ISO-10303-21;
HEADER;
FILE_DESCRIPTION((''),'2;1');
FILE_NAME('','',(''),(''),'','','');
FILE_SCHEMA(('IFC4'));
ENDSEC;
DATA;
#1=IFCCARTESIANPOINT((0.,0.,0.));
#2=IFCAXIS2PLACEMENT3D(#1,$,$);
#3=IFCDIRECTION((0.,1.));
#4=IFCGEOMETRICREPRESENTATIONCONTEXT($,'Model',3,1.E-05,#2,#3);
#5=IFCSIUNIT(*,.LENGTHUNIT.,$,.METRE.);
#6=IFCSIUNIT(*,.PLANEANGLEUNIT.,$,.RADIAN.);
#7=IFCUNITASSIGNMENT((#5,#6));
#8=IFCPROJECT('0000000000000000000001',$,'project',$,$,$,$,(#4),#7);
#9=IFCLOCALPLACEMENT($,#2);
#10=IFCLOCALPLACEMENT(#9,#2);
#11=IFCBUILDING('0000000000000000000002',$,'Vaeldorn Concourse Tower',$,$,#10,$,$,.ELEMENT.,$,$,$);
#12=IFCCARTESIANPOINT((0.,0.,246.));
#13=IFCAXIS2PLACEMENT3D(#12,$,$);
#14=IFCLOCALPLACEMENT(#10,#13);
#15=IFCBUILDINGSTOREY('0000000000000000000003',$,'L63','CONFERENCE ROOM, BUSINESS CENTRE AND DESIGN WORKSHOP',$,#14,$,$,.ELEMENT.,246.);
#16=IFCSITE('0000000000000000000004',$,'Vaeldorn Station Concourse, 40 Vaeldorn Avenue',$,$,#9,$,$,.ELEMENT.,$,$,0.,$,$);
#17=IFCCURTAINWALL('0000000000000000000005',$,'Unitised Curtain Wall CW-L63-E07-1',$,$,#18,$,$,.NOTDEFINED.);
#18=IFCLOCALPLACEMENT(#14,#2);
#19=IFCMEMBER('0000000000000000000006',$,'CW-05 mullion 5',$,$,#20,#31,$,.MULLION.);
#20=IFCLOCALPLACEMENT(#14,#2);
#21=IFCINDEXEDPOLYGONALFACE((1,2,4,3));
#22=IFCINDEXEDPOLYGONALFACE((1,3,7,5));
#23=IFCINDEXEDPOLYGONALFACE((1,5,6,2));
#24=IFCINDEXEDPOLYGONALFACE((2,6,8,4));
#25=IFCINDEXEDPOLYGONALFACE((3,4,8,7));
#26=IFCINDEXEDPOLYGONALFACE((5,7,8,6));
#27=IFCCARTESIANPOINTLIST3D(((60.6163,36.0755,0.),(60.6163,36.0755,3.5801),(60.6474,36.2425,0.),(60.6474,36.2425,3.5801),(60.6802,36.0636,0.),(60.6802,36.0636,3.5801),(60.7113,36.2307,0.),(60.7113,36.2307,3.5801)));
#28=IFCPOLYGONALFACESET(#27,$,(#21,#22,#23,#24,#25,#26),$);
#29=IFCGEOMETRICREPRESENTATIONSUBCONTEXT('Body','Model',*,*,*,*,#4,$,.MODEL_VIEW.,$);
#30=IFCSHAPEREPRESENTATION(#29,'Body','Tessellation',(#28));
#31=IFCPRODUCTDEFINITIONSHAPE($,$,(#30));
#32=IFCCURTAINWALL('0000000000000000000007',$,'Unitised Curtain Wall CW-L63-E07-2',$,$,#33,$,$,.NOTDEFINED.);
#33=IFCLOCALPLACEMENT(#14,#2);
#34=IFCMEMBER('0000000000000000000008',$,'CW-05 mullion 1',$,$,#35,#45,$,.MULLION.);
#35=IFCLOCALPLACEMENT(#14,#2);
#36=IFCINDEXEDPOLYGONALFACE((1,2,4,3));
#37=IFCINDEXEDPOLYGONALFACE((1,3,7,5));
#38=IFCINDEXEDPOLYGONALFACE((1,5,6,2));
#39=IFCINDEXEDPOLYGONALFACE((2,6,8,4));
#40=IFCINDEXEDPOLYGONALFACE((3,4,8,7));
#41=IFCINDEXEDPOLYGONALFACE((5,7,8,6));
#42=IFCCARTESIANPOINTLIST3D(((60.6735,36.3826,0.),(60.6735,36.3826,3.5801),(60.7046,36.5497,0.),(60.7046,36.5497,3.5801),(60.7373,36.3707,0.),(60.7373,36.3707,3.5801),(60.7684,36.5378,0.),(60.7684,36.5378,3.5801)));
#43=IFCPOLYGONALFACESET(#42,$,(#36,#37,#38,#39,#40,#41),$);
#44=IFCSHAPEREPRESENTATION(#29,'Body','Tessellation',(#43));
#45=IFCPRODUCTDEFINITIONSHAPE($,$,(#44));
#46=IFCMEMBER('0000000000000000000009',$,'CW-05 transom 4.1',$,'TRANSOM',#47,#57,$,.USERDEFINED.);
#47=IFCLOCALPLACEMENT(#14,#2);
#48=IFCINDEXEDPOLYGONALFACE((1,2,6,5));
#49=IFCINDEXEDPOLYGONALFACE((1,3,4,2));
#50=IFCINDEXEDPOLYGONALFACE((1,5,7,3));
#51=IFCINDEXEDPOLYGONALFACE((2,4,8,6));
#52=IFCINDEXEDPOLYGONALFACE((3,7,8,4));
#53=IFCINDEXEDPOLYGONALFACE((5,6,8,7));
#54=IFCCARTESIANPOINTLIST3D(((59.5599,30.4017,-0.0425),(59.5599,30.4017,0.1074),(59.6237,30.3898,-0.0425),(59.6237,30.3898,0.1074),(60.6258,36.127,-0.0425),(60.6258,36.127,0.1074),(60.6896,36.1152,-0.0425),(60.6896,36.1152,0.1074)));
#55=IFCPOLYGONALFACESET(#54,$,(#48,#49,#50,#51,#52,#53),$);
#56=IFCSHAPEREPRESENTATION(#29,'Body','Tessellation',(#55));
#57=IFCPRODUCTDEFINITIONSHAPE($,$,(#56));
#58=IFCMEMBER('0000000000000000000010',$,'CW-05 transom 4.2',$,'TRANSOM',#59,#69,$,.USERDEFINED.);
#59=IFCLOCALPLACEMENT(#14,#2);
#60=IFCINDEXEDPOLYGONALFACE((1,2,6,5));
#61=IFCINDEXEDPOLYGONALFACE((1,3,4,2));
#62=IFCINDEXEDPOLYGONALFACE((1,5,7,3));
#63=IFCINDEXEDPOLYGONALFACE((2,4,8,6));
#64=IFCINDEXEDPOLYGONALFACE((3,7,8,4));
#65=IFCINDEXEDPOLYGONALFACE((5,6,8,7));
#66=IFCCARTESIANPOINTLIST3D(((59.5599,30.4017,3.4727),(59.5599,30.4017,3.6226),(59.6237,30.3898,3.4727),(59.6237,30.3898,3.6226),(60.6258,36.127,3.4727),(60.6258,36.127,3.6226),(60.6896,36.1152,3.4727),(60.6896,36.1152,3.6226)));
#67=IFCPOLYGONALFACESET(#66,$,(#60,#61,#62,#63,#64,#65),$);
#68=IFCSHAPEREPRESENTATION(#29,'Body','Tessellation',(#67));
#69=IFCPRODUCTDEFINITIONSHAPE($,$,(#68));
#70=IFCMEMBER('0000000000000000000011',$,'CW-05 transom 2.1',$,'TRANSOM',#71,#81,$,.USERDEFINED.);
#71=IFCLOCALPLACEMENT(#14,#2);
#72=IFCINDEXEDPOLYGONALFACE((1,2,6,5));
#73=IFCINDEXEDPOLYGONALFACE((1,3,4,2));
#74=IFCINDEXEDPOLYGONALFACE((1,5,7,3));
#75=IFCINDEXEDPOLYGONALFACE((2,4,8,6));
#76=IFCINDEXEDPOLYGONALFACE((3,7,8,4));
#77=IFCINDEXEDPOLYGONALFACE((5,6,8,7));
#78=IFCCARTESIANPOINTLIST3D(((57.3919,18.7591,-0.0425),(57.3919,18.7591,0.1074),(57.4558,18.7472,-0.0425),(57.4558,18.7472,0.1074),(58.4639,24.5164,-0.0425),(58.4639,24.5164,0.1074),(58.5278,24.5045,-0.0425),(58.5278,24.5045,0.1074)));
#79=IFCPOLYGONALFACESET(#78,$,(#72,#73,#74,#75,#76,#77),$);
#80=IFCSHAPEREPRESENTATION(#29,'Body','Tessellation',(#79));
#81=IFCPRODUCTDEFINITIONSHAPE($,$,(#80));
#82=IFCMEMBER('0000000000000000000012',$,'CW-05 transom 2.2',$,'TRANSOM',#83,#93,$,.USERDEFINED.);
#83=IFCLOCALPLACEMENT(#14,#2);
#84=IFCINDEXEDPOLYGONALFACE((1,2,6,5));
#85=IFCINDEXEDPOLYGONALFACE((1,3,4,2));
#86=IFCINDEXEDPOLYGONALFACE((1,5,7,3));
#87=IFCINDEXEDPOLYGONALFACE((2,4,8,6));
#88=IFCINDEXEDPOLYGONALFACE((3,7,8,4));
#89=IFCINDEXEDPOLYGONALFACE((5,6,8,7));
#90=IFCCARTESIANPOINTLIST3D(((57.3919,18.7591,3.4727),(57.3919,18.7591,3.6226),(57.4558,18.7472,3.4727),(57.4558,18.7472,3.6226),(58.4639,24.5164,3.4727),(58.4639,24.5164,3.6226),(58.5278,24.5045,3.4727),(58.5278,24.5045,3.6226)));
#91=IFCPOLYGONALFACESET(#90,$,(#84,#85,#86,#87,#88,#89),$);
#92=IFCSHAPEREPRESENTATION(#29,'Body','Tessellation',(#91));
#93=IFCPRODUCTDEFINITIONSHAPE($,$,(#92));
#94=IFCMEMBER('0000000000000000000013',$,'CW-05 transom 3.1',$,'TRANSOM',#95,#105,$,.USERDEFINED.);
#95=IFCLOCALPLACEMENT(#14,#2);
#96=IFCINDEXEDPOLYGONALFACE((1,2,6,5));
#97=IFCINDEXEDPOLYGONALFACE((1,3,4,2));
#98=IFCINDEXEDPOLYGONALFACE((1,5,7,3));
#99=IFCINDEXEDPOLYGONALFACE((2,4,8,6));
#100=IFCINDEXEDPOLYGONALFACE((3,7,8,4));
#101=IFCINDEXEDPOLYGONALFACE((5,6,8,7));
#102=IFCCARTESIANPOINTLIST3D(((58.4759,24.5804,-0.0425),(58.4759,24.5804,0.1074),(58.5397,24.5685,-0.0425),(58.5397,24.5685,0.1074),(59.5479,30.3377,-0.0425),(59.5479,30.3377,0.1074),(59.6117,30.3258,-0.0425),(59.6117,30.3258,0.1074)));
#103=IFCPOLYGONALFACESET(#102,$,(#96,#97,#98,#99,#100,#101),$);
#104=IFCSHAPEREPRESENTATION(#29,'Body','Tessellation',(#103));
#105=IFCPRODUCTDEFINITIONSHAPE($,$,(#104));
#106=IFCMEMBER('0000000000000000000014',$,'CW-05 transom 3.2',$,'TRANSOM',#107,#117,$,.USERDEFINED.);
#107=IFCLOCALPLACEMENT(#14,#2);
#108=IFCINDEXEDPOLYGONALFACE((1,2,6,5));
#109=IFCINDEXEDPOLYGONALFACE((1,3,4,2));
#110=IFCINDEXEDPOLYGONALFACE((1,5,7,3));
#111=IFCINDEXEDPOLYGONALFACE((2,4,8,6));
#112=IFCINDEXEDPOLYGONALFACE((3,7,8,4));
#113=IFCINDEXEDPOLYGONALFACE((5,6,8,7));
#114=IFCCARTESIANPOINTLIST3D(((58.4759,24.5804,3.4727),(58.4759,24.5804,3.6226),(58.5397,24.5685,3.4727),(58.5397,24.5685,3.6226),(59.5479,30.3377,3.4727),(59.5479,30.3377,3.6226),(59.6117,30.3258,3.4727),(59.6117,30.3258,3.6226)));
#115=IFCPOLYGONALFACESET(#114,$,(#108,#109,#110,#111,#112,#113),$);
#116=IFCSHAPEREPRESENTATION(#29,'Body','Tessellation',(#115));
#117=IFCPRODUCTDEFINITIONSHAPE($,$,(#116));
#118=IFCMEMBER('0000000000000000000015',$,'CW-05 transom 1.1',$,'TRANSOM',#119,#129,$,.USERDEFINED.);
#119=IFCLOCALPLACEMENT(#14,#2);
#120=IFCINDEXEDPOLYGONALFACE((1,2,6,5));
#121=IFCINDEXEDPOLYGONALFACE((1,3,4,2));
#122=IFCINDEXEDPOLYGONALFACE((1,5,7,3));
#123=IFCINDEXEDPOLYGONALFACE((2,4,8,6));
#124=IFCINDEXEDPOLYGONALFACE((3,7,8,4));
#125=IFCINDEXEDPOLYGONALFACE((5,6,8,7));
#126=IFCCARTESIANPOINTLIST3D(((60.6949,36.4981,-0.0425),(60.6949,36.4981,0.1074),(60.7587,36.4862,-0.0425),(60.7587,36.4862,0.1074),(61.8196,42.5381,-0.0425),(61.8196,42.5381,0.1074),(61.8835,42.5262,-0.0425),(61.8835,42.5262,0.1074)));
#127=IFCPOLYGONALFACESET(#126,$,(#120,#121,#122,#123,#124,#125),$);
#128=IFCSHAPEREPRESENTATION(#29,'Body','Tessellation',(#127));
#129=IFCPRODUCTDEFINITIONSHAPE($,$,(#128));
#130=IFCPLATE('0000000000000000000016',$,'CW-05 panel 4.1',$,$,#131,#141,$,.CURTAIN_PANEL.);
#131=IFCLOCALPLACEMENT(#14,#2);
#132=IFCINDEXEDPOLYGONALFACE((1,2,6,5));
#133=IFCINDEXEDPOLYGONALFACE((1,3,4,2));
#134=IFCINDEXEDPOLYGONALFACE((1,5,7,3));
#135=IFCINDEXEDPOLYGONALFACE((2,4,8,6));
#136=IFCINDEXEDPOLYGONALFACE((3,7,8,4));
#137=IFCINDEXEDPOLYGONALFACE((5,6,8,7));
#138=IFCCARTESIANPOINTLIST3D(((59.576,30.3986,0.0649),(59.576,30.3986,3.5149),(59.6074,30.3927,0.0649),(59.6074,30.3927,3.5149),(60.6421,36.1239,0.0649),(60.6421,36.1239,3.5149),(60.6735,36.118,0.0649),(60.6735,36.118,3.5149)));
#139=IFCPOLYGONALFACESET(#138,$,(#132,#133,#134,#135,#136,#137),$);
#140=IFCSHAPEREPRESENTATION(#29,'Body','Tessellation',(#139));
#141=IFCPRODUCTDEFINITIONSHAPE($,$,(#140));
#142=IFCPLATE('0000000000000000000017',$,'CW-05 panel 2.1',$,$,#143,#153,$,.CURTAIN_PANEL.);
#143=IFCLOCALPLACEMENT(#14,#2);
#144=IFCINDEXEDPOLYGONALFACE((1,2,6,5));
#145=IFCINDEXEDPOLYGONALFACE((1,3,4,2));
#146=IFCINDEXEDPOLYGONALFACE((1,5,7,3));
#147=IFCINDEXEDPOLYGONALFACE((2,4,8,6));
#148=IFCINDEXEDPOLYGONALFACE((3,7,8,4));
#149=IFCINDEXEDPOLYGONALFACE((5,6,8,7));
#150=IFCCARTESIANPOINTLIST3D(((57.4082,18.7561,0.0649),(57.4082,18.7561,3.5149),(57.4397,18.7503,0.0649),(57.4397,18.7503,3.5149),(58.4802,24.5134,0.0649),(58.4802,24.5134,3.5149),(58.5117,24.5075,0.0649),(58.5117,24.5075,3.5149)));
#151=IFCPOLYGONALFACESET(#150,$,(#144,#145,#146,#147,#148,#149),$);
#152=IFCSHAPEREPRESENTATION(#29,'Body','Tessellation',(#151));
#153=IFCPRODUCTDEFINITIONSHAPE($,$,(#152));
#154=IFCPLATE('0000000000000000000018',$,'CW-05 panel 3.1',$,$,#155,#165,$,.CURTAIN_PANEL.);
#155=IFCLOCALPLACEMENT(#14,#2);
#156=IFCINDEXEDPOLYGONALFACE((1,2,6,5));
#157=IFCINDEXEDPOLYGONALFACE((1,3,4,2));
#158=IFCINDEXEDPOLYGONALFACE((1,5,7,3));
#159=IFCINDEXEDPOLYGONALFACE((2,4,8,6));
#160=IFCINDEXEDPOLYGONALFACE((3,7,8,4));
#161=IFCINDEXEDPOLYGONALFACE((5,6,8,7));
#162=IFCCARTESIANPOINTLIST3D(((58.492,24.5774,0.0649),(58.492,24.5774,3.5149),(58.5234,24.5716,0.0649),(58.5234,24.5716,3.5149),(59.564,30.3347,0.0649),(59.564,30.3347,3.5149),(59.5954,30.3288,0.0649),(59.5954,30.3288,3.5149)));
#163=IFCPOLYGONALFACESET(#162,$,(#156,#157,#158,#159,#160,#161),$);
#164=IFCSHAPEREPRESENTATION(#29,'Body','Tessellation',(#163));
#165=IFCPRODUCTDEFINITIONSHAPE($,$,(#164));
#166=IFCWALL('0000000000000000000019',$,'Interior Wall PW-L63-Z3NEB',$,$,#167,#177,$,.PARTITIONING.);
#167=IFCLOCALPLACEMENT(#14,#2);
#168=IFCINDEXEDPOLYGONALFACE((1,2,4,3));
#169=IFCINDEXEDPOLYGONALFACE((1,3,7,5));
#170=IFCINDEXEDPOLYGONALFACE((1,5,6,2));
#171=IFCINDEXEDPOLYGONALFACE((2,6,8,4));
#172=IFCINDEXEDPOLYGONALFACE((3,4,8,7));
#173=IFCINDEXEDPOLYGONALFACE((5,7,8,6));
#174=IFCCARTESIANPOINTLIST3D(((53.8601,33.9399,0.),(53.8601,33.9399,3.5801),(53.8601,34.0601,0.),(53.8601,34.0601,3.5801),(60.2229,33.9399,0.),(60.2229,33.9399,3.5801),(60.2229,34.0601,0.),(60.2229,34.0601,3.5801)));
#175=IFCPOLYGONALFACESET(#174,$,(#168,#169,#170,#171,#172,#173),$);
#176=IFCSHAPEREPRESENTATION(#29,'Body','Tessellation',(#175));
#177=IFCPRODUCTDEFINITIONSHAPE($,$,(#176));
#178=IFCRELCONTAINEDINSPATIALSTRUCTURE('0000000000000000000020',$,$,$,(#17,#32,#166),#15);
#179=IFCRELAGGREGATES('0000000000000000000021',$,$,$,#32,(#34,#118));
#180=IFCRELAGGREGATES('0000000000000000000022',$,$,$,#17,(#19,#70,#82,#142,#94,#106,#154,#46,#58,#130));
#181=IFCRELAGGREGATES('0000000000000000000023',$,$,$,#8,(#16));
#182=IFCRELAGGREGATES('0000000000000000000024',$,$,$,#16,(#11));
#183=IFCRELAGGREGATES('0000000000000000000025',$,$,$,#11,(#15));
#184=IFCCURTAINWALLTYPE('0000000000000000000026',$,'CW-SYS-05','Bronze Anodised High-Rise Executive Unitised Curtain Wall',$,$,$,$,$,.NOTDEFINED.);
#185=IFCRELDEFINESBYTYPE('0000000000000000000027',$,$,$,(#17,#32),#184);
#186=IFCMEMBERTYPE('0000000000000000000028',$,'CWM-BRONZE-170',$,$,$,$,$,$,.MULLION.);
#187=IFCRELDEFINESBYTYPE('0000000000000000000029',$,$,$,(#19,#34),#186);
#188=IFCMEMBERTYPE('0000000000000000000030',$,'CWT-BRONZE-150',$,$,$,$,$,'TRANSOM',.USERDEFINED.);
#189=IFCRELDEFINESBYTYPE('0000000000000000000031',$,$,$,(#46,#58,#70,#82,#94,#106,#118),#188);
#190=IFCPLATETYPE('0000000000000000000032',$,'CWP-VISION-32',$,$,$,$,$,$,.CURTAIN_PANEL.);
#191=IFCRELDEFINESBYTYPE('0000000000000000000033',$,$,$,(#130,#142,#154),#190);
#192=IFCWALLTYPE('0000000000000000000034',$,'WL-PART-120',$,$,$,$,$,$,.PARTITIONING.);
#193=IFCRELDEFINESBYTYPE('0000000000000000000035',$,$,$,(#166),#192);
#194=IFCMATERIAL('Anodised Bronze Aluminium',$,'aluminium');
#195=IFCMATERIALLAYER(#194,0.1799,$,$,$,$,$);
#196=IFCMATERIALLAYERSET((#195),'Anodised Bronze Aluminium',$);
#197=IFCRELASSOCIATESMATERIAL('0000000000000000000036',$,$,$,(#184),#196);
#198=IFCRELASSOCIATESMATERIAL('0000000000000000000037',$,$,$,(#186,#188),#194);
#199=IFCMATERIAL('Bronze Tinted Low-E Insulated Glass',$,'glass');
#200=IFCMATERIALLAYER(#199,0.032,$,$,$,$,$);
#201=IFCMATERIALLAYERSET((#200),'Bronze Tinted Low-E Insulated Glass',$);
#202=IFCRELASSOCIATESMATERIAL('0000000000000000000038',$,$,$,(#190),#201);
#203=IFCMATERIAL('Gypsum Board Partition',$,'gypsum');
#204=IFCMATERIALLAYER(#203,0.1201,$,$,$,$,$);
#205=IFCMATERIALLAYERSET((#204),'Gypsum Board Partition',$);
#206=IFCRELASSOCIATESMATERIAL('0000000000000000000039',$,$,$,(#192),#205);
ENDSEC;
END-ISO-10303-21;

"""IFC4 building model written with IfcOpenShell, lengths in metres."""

from ifc_helpers import new_model, si_unit, direction, frame, frame_2d, origin, origin_2d, place, context, subcontext, project, spatial, rectangle, extrude, source, transform, mapped, material, layer, layer_set, material_profile, profile_set, type_object, element, aggregate, save


model = new_model("IFC4")

# Units and contexts
model_context = context("Model", 3, precision=1e-05, world=origin(), true_north=direction((0.0, 1.0)))
body_context = subcontext(model_context, "Body", "Model", "MODEL_VIEW")
ifc_project = project(units=[si_unit("LENGTHUNIT", "METRE"), si_unit("PLANEANGLEUNIT", "RADIAN")], contexts=[model_context])

# Site, building, storey
site_placement = place(None, origin())
site = spatial("IfcSite", under=ifc_project, at=site_placement, Name="Vaeldorn Station Concourse, 40 Vaeldorn Avenue", CompositionType="ELEMENT", RefElevation=0.0)
building_placement = place(site_placement, origin())
building = spatial("IfcBuilding", under=site, at=building_placement, Name="Vaeldorn Concourse Tower", CompositionType="ELEMENT")
storey_placement = place(building_placement, frame((0.0, 0.0, 246.0)))
storey = spatial("IfcBuildingStorey", under=building, at=storey_placement, Name="L63", Description="CONFERENCE ROOM, BUSINESS CENTRE AND DESIGN WORKSHOP", CompositionType="ELEMENT", Elevation=246.0)

# Curtain wall, member
ifc_material_1 = material(Name="Anodised Bronze Aluminium", Category="aluminium")
ifc_layer_1 = layer(ifc_material_1, 0.1799)
ifc_layer_set_1 = layer_set([ifc_layer_1], Name="Anodised Bronze Aluminium")
curtain_wall_type = type_object("IfcCurtainWallType", Name="CW-SYS-05", Description="Bronze Anodised High-Rise Executive Unitised Curtain Wall", PredefinedType="NOTDEFINED", material=ifc_layer_set_1)
curtain_wall_1_placement = place(storey_placement, origin())
curtain_wall_1 = element("IfcCurtainWall", 1, at=curtain_wall_1_placement, inside=storey, type_object=curtain_wall_type, Name="Unitised Curtain Wall CW-L63-E07-1", PredefinedType="NOTDEFINED")
ifc_material_profile_1 = material_profile(ifc_material_1, rectangle(XDim=0.0649, YDim=0.1699, at=origin_2d()), Name="CWM 65x170")
ifc_profile_set_1 = profile_set([ifc_material_profile_1], Name="Anodised Bronze Aluminium")
member_type_1 = type_object("IfcMemberType", Name="CWM-BRONZE-170", PredefinedType="MULLION", material=ifc_profile_set_1)
shared_shape_1 = source(origin(), body_context, "Body", "SweptSolid", [
    extrude(rectangle(XDim=0.0649, YDim=0.1699, at=origin_2d()), origin(), (0.0, 0.0, 1.0), 3.5801),
])
member_1_placement = place(storey_placement, frame((60.6638, 36.1531, 0.0), z_axis=(0.0, 0.0, 1.0), x_axis=(-0.983103, 0.183055, 0.0)))
member_1 = element("IfcMember", 2, at=member_1_placement, type_object=member_type_1, Name="CW-05 mullion 5", PredefinedType="MULLION", context=body_context, shape_type="MappedRepresentation", body=[
    mapped(shared_shape_1, transform((0.0, 0.0, 0.0), scale=1.0)),
])

# Curtain wall, member
curtain_wall_2_placement = place(storey_placement, origin())
curtain_wall_2 = element("IfcCurtainWall", 3, at=curtain_wall_2_placement, inside=storey, type_object=curtain_wall_type, Name="Unitised Curtain Wall CW-L63-E07-2", PredefinedType="NOTDEFINED")
member_2_placement = place(storey_placement, frame((60.7209, 36.4602, 0.0), z_axis=(0.0, 0.0, 1.0), x_axis=(-0.983103, 0.183054, 0.0)))
member_2 = element("IfcMember", 4, at=member_2_placement, type_object=member_type_1, Name="CW-05 mullion 1", PredefinedType="MULLION", context=body_context, shape_type="MappedRepresentation", body=[
    mapped(shared_shape_1, transform((0.0, 0.0, 0.0), scale=1.0)),
])

# Members
ifc_material_profile_2 = material_profile(ifc_material_1, rectangle(XDim=0.0649, YDim=0.1499, at=origin_2d()), Name="CWT 65x150")
ifc_profile_set_2 = profile_set([ifc_material_profile_2], Name="Anodised Bronze Aluminium")
member_type_2 = type_object("IfcMemberType", Name="CWT-BRONZE-150", ElementType="TRANSOM", PredefinedType="USERDEFINED", material=ifc_profile_set_2)
shared_shape_2 = source(origin(), body_context, "Body", "SweptSolid", [
    extrude(rectangle(XDim=0.0649, YDim=0.1499, at=origin_2d()), origin(), (0.0, 0.0, 1.0), 5.8237),
])
member_3_placement = place(storey_placement, frame((59.5918, 30.3958, 0.0325), z_axis=(0.18303, 0.983107, 0.0), x_axis=(-0.983107, 0.18303, 0.0)))
member_3 = element("IfcMember", 5, at=member_3_placement, type_object=member_type_2, Name="CW-05 transom 4.1", ObjectType="TRANSOM", PredefinedType="USERDEFINED", context=body_context, shape_type="MappedRepresentation", body=[
    mapped(shared_shape_2, transform((0.0, 0.0, 0.0), scale=1.0)),
])
member_4_placement = place(storey_placement, frame((59.5918, 30.3958, 3.5476), z_axis=(0.18303, 0.983107, 0.0), x_axis=(-0.983107, 0.18303, 0.0)))
member_4 = element("IfcMember", 6, at=member_4_placement, type_object=member_type_2, Name="CW-05 transom 4.2", ObjectType="TRANSOM", PredefinedType="USERDEFINED", context=body_context, shape_type="MappedRepresentation", body=[
    mapped(shared_shape_2, transform((0.0, 0.0, 0.0), scale=1.0)),
])
shared_shape_3 = source(origin(), body_context, "Body", "SweptSolid", [
    extrude(rectangle(XDim=0.0649, YDim=0.1499, at=origin_2d()), origin(), (0.0, 0.0, 1.0), 5.8562),
])
member_5_placement = place(storey_placement, frame((57.4238, 18.7532, 0.0325), z_axis=(0.183055, 0.983103, 0.0), x_axis=(-0.983103, 0.183055, 0.0)))
member_5 = element("IfcMember", 7, at=member_5_placement, type_object=member_type_2, Name="CW-05 transom 2.1", ObjectType="TRANSOM", PredefinedType="USERDEFINED", context=body_context, shape_type="MappedRepresentation", body=[
    mapped(shared_shape_3, transform((0.0, 0.0, 0.0), scale=1.0)),
])
member_6_placement = place(storey_placement, frame((57.4238, 18.7532, 3.5476), z_axis=(0.183055, 0.983103, 0.0), x_axis=(-0.983103, 0.183055, 0.0)))
member_6 = element("IfcMember", 8, at=member_6_placement, type_object=member_type_2, Name="CW-05 transom 2.2", ObjectType="TRANSOM", PredefinedType="USERDEFINED", context=body_context, shape_type="MappedRepresentation", body=[
    mapped(shared_shape_3, transform((0.0, 0.0, 0.0), scale=1.0)),
])
member_7_placement = place(storey_placement, frame((58.5078, 24.5745, 0.0325), z_axis=(0.183055, 0.983103, 0.0), x_axis=(-0.983103, 0.183055, 0.0)))
member_7 = element("IfcMember", 9, at=member_7_placement, type_object=member_type_2, Name="CW-05 transom 3.1", ObjectType="TRANSOM", PredefinedType="USERDEFINED", context=body_context, shape_type="MappedRepresentation", body=[
    mapped(shared_shape_3, transform((0.0, 0.0, 0.0), scale=1.0)),
])
member_8_placement = place(storey_placement, frame((58.5078, 24.5745, 3.5476), z_axis=(0.183055, 0.983103, 0.0), x_axis=(-0.983103, 0.183055, 0.0)))
member_8 = element("IfcMember", 10, at=member_8_placement, type_object=member_type_2, Name="CW-05 transom 3.2", ObjectType="TRANSOM", PredefinedType="USERDEFINED", context=body_context, shape_type="MappedRepresentation", body=[
    mapped(shared_shape_3, transform((0.0, 0.0, 0.0), scale=1.0)),
])
shared_shape_4 = source(origin(), body_context, "Body", "SweptSolid", [
    extrude(rectangle(XDim=0.0649, YDim=0.1499, at=origin_2d()), origin(), (0.0, 0.0, 1.0), 6.1438),
])
member_9_placement = place(storey_placement, frame((60.7268, 36.4922, 0.0325), z_axis=(0.18307, 0.9831, 0.0), x_axis=(-0.9831, 0.18307, 0.0)))
member_9 = element("IfcMember", 11, at=member_9_placement, type_object=member_type_2, Name="CW-05 transom 1.1", ObjectType="TRANSOM", PredefinedType="USERDEFINED", context=body_context, shape_type="MappedRepresentation", body=[
    mapped(shared_shape_4, transform((0.0, 0.0, 0.0), scale=1.0)),
])
aggregate(curtain_wall_2, [member_2, member_9])

# Plates
ifc_material_2 = material(Name="Bronze Tinted Low-E Insulated Glass", Category="glass")
ifc_layer_2 = layer(ifc_material_2, 0.032)
ifc_layer_set_2 = layer_set([ifc_layer_2], Name="Bronze Tinted Low-E Insulated Glass")
plate_type = type_object("IfcPlateType", Name="CWP-VISION-32", PredefinedType="CURTAIN_PANEL", material=ifc_layer_set_2)
shared_shape_5 = source(origin(), body_context, "Body", "SweptSolid", [
    extrude(rectangle(XDim=5.8237, YDim=0.032, at=origin_2d()), origin(), (0.0, 0.0, 1.0), 3.45),
])
plate_1_placement = place(storey_placement, frame((60.1248, 33.2583, 0.0649), z_axis=(0.0, 0.0, 1.0), x_axis=(0.183055, 0.983103, 0.0)))
plate_1 = element("IfcPlate", 12, at=plate_1_placement, type_object=plate_type, Name="CW-05 panel 4.1", PredefinedType="CURTAIN_PANEL", context=body_context, shape_type="MappedRepresentation", body=[
    mapped(shared_shape_5, transform((0.0, 0.0, 0.0), scale=1.0)),
])
shared_shape_6 = source(origin(), body_context, "Body", "SweptSolid", [
    extrude(rectangle(XDim=5.8562, YDim=0.032, at=origin_2d()), origin(), (0.0, 0.0, 1.0), 3.45),
])
plate_2_placement = place(storey_placement, frame((57.96, 21.6318, 0.0649), z_axis=(0.0, 0.0, 1.0), x_axis=(0.183055, 0.983103, 0.0)))
plate_2 = element("IfcPlate", 13, at=plate_2_placement, type_object=plate_type, Name="CW-05 panel 2.1", PredefinedType="CURTAIN_PANEL", context=body_context, shape_type="MappedRepresentation", body=[
    mapped(shared_shape_6, transform((0.0, 0.0, 0.0), scale=1.0)),
])
plate_3_placement = place(storey_placement, frame((59.0437, 27.4531, 0.0649), z_axis=(0.0, 0.0, 1.0), x_axis=(0.183055, 0.983103, 0.0)))
plate_3 = element("IfcPlate", 14, at=plate_3_placement, type_object=plate_type, Name="CW-05 panel 3.1", PredefinedType="CURTAIN_PANEL", context=body_context, shape_type="MappedRepresentation", body=[
    mapped(shared_shape_6, transform((0.0, 0.0, 0.0), scale=1.0)),
])
aggregate(curtain_wall_1, [member_1, member_5, member_6, plate_2, member_7, member_8, plate_3, member_3, member_4, plate_1])

# Shared definitions
ifc_material_3 = material(Name="Gypsum Board Partition", Category="gypsum")
ifc_layer_3 = layer(ifc_material_3, 0.1201)
ifc_layer_set_3 = layer_set([ifc_layer_3], Name="Gypsum Board Partition")
wall_type = type_object("IfcWallType", Name="WL-PART-120", PredefinedType="PARTITIONING", material=ifc_layer_set_3)

# Wall
wall_1_placement = place(storey_placement, frame((53.8601, 34.0, 0.0), z_axis=(0.0, 0.0, 1.0), x_axis=(1.0, 0.0, 0.0)))
element("IfcWall", 15, at=wall_1_placement, inside=storey, type_object=wall_type, Name="Interior Wall PW-L63-Z3NEB", PredefinedType="PARTITIONING", context=body_context, shape_type="SweptSolid", body=[
    extrude(rectangle(XDim=6.3628, YDim=0.1201, at=frame_2d((3.1814, 0.0))), origin(), (0.0, 0.0, 1.0), 3.5801),
])

save(model, "model.ifc")
